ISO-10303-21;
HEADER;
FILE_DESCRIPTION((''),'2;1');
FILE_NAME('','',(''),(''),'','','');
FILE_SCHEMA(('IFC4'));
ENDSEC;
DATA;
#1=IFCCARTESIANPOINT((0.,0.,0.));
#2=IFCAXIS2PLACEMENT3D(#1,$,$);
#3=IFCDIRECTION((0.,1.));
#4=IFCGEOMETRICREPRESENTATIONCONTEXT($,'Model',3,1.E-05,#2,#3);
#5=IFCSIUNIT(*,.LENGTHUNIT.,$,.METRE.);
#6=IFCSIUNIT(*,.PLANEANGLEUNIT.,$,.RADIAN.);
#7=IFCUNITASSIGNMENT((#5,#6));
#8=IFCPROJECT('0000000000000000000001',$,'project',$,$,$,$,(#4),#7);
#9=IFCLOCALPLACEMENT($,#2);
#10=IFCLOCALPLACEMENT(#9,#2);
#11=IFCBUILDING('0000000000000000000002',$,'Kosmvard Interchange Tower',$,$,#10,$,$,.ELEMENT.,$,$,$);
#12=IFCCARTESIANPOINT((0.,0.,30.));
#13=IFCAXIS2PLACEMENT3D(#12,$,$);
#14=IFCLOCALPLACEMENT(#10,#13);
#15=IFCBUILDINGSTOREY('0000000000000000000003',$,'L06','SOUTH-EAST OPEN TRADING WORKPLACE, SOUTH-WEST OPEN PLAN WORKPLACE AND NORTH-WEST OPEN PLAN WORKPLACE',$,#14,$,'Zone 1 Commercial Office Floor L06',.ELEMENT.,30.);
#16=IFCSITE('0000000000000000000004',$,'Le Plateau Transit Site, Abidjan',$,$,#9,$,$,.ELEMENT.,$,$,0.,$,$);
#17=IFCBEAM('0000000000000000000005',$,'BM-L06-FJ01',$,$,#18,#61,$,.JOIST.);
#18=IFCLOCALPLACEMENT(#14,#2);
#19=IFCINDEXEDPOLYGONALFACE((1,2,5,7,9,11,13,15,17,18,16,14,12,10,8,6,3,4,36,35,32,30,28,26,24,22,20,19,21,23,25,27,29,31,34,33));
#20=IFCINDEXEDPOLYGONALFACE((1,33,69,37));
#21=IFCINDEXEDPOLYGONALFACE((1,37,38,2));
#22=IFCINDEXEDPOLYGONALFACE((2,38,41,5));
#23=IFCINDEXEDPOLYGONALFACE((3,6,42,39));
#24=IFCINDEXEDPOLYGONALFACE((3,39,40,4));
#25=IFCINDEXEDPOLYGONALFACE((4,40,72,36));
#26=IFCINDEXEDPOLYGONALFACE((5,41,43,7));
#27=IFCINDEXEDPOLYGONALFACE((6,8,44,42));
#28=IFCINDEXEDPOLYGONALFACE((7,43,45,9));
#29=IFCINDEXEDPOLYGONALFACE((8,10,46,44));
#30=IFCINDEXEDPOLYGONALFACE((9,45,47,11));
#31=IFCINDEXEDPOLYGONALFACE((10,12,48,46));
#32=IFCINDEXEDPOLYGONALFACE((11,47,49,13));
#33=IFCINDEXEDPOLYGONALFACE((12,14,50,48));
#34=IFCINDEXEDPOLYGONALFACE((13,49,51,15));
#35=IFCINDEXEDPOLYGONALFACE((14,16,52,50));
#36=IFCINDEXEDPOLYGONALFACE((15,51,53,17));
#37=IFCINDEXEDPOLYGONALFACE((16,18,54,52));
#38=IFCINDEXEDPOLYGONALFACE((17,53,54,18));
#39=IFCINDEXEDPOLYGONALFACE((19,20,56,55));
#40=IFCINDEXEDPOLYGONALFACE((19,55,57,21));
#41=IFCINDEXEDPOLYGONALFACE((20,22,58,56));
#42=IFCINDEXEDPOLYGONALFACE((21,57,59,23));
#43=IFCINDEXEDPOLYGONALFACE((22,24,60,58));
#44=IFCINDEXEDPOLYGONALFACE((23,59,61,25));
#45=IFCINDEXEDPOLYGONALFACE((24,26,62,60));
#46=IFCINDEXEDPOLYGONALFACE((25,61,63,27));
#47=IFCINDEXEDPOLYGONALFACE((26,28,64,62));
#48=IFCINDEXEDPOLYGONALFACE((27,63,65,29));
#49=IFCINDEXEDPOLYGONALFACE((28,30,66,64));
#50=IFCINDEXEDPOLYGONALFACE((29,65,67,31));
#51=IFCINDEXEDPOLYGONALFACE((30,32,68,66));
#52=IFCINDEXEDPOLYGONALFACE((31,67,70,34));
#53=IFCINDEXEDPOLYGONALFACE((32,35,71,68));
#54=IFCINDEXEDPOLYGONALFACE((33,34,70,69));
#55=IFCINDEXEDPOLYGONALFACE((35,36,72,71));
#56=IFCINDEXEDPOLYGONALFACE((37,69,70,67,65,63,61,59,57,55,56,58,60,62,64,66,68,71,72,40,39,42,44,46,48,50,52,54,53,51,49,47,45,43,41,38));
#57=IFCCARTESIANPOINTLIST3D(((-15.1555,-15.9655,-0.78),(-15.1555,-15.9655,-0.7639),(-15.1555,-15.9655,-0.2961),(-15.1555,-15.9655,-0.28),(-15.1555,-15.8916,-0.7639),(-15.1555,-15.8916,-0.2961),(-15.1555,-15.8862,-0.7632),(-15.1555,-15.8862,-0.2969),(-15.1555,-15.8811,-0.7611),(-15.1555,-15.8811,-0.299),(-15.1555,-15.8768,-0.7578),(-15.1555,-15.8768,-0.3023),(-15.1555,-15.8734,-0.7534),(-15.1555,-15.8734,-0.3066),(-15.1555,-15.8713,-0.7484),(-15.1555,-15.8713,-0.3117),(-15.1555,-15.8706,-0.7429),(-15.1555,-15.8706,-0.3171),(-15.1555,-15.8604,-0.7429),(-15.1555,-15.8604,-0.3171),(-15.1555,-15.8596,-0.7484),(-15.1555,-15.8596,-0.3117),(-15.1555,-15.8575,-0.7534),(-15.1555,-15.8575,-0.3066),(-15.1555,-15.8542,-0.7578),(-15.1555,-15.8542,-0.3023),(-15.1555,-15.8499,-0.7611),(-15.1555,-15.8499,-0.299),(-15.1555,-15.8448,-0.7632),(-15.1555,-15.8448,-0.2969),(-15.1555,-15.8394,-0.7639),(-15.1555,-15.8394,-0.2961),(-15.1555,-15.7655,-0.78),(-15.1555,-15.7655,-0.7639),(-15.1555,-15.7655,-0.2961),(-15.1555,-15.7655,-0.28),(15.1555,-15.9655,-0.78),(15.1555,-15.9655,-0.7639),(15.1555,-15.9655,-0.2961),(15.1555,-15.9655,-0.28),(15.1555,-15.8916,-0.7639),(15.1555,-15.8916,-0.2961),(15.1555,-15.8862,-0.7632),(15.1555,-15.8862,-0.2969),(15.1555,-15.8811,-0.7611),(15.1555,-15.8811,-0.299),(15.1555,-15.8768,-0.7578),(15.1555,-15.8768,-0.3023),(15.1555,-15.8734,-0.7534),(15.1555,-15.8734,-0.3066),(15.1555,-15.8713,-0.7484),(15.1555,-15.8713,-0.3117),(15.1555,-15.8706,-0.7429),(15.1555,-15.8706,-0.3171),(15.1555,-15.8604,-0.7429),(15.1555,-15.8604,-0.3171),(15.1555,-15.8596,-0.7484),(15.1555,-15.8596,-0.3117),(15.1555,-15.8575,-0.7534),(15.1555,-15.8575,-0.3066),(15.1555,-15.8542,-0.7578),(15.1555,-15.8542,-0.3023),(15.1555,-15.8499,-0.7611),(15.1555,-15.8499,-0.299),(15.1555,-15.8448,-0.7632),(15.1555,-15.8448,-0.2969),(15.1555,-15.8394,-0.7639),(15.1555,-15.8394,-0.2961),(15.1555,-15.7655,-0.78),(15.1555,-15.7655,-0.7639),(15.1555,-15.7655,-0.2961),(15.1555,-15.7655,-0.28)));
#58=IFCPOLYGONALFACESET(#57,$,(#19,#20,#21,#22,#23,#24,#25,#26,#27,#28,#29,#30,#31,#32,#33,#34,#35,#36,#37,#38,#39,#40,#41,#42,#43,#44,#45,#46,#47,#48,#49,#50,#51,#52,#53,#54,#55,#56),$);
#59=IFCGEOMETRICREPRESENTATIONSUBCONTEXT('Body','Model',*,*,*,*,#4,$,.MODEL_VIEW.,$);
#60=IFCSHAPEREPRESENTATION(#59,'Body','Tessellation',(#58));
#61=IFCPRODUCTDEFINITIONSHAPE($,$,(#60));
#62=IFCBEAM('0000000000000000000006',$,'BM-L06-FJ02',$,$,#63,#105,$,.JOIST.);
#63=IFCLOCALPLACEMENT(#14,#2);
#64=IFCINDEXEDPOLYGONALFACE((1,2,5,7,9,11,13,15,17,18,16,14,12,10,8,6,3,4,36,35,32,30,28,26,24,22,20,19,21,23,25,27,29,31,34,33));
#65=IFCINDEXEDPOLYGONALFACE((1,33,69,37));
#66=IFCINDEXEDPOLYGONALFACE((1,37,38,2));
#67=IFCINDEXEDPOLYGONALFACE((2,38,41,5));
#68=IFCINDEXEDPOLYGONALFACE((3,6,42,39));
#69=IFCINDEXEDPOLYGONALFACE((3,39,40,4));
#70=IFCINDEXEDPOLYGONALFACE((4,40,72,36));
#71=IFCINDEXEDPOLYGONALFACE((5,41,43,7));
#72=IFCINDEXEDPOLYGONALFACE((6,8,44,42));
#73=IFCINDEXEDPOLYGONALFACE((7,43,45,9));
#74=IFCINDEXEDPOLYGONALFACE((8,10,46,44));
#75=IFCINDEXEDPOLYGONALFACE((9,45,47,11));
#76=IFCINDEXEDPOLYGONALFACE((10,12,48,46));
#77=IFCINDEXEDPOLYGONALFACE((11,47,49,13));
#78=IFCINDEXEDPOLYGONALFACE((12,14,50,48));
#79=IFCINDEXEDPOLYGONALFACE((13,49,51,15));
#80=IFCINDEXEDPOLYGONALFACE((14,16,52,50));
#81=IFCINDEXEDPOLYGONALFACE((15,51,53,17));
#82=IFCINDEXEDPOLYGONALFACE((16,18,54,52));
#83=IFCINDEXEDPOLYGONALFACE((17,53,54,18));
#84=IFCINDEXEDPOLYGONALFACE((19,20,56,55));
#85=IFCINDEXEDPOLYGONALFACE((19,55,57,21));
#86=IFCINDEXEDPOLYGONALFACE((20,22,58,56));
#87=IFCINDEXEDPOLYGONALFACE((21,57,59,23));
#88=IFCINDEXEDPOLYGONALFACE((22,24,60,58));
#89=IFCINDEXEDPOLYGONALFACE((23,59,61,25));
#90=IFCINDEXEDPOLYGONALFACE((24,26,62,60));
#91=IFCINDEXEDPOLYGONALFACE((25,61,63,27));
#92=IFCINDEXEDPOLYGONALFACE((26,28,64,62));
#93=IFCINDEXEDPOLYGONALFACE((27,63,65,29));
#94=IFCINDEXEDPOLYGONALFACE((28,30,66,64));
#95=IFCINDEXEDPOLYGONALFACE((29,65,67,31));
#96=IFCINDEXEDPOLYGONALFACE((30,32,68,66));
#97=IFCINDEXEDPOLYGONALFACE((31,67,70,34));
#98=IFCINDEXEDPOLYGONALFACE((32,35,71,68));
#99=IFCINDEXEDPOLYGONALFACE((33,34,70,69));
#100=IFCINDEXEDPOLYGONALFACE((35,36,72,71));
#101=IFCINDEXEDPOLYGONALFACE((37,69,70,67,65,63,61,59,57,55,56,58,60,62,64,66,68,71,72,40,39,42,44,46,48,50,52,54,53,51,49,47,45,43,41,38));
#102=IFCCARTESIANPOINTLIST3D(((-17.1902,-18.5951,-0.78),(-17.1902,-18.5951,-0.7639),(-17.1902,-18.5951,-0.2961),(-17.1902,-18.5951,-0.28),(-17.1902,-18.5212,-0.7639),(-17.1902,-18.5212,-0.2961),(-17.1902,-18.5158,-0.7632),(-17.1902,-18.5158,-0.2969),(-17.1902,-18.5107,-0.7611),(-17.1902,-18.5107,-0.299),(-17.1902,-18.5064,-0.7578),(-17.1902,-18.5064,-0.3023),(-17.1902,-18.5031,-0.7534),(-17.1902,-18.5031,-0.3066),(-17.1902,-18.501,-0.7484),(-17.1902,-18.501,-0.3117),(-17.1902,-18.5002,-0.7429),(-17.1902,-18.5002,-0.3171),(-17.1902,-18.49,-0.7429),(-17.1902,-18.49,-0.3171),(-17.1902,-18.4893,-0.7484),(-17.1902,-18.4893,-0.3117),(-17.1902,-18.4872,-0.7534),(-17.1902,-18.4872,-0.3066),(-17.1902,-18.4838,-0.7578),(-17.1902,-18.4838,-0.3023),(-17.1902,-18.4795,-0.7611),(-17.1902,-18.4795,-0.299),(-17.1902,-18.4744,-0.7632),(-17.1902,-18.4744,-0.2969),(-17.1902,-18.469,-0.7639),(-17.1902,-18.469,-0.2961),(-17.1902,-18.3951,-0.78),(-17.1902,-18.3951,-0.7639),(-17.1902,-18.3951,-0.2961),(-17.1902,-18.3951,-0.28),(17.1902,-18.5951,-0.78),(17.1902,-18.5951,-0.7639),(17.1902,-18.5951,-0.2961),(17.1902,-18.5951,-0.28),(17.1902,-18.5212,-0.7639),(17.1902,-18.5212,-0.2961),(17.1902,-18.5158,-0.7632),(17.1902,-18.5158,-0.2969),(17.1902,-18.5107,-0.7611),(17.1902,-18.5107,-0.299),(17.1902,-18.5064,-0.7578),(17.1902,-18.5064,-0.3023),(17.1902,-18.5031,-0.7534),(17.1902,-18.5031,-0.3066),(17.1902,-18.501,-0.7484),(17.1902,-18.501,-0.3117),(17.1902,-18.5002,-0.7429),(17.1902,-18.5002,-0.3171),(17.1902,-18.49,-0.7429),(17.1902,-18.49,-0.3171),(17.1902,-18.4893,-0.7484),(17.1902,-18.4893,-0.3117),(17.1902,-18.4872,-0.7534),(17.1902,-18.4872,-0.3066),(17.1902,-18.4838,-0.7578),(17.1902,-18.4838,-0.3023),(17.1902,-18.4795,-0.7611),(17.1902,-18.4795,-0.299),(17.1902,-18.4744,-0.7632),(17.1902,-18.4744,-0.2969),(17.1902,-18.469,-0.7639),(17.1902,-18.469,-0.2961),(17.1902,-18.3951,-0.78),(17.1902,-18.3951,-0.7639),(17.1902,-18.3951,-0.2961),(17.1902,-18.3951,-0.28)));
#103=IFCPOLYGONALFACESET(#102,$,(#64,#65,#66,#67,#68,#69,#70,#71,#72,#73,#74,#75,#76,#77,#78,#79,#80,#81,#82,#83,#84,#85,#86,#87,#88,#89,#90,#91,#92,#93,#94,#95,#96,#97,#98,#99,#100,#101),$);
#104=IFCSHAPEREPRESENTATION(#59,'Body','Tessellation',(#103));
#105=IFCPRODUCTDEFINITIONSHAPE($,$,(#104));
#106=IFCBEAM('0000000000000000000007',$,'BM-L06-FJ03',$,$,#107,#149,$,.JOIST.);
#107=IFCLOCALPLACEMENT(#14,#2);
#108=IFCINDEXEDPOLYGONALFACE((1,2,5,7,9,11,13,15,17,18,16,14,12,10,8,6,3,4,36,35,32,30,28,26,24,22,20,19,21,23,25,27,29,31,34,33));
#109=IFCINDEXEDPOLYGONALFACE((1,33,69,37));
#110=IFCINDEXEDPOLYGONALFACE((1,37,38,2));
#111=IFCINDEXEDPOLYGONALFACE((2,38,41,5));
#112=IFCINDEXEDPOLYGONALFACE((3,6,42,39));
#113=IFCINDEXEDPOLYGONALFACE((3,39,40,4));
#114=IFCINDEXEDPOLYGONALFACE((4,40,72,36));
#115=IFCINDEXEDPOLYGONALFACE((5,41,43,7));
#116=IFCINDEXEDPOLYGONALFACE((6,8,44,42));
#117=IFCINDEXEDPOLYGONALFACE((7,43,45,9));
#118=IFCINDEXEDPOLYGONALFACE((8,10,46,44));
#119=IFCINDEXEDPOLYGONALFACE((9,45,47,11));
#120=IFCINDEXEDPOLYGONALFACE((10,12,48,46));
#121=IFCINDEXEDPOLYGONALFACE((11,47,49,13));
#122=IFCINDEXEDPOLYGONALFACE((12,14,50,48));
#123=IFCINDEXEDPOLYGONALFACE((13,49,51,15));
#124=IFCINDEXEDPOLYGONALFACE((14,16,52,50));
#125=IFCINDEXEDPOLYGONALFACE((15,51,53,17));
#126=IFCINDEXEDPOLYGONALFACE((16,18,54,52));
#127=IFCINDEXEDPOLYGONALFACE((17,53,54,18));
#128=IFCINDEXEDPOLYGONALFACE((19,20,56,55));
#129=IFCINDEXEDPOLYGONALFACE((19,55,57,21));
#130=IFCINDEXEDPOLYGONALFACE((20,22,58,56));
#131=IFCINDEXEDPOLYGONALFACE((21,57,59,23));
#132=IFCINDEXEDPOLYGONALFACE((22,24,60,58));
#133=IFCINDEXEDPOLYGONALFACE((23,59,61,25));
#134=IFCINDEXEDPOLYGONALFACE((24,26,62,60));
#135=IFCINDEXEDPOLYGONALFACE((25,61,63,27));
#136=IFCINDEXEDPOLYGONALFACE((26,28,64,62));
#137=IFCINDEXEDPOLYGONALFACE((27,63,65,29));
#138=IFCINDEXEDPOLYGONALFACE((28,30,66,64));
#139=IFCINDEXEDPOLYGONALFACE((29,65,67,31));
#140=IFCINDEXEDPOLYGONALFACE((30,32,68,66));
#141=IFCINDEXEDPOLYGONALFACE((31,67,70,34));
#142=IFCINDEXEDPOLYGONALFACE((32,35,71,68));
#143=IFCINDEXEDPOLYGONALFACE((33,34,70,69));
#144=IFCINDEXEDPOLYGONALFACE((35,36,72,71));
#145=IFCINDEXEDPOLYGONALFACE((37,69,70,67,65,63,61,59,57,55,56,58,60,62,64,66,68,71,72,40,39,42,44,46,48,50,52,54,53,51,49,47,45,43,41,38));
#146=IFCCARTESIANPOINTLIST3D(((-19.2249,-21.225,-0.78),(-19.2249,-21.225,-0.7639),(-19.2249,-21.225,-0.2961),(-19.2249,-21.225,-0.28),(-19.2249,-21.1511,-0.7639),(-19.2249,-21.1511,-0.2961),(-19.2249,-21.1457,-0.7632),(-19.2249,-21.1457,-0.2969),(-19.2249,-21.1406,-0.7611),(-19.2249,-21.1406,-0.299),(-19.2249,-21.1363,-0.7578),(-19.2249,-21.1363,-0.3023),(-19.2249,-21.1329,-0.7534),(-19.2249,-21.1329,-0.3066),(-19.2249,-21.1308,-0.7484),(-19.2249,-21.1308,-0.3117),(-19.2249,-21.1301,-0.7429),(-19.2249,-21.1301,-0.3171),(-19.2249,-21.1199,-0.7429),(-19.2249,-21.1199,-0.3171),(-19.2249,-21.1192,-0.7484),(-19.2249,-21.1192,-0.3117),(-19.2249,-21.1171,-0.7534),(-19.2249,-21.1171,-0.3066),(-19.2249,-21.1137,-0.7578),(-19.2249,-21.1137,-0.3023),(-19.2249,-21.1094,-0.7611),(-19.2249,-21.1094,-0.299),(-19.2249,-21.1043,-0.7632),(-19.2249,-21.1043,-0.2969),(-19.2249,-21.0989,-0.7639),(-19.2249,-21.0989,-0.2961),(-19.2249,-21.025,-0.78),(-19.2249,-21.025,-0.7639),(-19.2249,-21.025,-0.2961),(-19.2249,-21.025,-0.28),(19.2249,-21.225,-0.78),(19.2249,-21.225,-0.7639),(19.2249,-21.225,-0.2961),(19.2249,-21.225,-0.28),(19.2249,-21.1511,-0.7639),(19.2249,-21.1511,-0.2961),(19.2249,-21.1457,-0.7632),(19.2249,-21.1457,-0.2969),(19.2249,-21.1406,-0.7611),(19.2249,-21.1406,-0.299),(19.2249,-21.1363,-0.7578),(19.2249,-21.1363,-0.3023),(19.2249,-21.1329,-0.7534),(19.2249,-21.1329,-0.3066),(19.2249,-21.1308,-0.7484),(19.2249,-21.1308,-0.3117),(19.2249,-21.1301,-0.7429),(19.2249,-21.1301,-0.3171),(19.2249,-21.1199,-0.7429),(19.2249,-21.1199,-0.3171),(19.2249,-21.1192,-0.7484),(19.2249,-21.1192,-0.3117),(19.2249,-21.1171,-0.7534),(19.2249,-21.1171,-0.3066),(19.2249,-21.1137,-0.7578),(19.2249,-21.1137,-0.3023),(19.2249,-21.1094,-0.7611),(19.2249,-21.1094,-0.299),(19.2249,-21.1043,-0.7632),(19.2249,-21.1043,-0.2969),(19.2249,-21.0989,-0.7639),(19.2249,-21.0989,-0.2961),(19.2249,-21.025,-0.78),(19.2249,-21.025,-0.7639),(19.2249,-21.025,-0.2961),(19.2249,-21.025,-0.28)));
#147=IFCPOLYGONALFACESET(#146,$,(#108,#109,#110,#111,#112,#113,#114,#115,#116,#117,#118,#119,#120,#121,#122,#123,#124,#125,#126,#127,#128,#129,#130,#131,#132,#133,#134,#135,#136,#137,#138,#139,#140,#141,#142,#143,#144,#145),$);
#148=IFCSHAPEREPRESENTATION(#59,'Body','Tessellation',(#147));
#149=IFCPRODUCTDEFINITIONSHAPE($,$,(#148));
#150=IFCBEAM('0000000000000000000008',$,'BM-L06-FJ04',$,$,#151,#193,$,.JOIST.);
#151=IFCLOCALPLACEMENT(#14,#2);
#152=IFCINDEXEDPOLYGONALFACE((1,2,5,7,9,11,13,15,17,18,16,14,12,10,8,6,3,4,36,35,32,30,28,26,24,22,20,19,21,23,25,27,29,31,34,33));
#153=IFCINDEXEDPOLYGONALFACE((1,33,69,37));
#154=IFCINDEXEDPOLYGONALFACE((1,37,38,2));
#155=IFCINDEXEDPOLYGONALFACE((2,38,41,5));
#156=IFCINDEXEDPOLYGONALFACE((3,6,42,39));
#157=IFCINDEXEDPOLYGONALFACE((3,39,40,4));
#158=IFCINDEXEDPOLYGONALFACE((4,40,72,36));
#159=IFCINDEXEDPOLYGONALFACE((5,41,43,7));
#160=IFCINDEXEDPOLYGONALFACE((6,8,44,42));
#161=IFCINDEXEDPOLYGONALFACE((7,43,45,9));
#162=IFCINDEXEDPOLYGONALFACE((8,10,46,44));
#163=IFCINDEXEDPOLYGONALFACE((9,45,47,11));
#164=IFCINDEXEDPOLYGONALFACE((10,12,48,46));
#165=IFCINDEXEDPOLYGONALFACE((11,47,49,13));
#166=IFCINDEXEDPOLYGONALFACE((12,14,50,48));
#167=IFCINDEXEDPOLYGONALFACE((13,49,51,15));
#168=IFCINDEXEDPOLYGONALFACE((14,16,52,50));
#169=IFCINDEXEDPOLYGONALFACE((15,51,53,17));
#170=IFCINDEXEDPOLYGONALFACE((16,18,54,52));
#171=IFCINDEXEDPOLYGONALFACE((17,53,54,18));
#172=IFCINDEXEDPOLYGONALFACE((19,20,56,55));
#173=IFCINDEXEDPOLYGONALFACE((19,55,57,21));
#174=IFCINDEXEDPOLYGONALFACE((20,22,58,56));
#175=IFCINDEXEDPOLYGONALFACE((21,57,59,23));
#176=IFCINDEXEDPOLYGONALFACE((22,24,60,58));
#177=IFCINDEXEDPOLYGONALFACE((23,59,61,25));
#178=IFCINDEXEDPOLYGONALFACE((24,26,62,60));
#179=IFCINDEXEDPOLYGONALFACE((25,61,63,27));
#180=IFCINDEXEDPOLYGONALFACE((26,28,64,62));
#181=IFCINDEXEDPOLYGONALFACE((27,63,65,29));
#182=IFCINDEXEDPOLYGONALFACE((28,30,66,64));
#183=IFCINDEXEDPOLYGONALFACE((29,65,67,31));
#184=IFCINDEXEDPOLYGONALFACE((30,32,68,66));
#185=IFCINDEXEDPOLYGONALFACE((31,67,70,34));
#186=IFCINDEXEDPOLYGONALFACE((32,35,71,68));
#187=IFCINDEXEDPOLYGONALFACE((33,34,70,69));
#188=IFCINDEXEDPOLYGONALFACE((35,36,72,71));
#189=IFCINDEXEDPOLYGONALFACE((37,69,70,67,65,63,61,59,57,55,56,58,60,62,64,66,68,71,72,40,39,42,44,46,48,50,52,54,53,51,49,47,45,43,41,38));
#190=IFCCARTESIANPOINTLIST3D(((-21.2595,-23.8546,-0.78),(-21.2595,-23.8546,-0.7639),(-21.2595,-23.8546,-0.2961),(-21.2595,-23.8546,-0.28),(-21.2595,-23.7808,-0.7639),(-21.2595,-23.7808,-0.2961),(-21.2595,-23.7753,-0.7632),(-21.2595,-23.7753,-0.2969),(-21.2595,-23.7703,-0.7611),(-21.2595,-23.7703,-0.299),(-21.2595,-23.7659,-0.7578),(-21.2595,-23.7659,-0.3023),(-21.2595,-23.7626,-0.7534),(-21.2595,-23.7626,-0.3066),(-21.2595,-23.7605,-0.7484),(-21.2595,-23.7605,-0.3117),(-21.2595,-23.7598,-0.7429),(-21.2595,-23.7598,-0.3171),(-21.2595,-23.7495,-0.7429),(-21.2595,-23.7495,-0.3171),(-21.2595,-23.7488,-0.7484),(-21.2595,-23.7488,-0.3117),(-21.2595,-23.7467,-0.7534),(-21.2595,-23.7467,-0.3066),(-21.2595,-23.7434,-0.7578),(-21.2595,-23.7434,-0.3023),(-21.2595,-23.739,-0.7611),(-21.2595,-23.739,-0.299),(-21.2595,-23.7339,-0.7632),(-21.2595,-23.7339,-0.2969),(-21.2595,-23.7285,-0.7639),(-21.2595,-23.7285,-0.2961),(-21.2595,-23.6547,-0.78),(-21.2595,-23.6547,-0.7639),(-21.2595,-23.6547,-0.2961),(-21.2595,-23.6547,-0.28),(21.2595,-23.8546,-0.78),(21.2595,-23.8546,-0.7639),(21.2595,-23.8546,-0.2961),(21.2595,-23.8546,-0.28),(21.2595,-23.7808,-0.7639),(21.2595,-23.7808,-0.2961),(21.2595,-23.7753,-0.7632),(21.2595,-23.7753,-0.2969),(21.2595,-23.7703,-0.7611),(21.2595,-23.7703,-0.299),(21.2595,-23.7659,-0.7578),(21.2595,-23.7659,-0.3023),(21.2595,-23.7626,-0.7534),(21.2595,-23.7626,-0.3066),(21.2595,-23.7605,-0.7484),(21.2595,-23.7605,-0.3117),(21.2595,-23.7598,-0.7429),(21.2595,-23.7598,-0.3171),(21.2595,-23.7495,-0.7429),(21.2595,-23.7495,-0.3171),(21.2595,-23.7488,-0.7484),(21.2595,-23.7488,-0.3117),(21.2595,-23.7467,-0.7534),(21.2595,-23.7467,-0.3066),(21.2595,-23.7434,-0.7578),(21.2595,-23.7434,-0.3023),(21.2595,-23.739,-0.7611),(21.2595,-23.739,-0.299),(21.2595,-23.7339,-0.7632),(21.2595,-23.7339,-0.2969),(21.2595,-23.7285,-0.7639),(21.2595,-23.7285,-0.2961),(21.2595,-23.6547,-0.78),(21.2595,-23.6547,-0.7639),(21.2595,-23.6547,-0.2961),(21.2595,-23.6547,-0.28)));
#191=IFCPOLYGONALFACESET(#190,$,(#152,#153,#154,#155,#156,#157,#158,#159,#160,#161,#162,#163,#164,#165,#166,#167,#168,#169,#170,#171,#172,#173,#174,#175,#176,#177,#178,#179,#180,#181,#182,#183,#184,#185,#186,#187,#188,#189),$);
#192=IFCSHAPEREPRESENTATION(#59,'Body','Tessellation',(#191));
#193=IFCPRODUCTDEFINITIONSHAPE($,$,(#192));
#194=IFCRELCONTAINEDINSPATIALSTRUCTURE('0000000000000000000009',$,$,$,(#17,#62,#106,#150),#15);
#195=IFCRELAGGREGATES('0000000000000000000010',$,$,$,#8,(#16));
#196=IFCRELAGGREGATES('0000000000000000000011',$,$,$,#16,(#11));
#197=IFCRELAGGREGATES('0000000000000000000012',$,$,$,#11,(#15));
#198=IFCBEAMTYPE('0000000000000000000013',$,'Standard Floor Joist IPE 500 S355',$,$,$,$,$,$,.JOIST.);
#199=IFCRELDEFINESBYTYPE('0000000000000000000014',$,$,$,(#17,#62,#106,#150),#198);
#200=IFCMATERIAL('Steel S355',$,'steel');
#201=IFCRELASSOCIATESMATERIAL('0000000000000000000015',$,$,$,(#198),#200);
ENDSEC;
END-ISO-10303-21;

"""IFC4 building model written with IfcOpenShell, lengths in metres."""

from ifc_helpers import new_model, si_unit, direction, frame, origin, origin_2d, place, context, subcontext, project, spatial, i_section, extrude, source, transform, mapped, material, material_profile, profile_set, type_object, element, save


model = new_model("IFC4")

# Units and contexts
model_context = context("Model", 3, precision=1e-05, world=origin(), true_north=direction((0.0, 1.0)))
body_context = subcontext(model_context, "Body", "Model", "MODEL_VIEW")
ifc_project = project(units=[si_unit("LENGTHUNIT", "METRE"), si_unit("PLANEANGLEUNIT", "RADIAN")], contexts=[model_context])

# Site, building, storey
site_placement = place(None, origin())
site = spatial("IfcSite", under=ifc_project, at=site_placement, Name="Le Plateau Transit Site, Abidjan", CompositionType="ELEMENT", RefElevation=0.0)
building_placement = place(site_placement, origin())
building = spatial("IfcBuilding", under=site, at=building_placement, Name="Kosmvard Interchange Tower", CompositionType="ELEMENT")
storey_placement = place(building_placement, frame((0.0, 0.0, 30.0)))
storey = spatial("IfcBuildingStorey", under=building, at=storey_placement, Name="L06", Description="SOUTH-EAST OPEN TRADING WORKPLACE, SOUTH-WEST OPEN PLAN WORKPLACE AND NORTH-WEST OPEN PLAN WORKPLACE", LongName="Zone 1 Commercial Office Floor L06", CompositionType="ELEMENT", Elevation=30.0)

# Beams
ifc_material_1 = material(Name="Steel S355", Category="steel")
ifc_material_profile_1 = material_profile(ifc_material_1, i_section(OverallWidth=0.2, OverallDepth=0.5, WebThickness=0.0103, FlangeThickness=0.0161, FilletRadius=0.021, at=origin_2d()), Name="IPE 500")
ifc_profile_set_1 = profile_set([ifc_material_profile_1], Name="Steel S355")
beam_type_1 = type_object("IfcBeamType", Name="Standard Floor Joist IPE 500 S355", PredefinedType="JOIST", material=ifc_profile_set_1)
shared_shape_1 = source(origin(), body_context, "Body", "SweptSolid", [
    extrude(i_section(OverallWidth=0.2, OverallDepth=0.5, WebThickness=0.0103, FlangeThickness=0.0161, FilletRadius=0.021, at=origin_2d()), origin(), (0.0, 0.0, 1.0), 30.311),
])
beam_1_placement = place(storey_placement, frame((-15.1555, -15.8655, -0.53), z_axis=(1.0, 0.0, 0.0), x_axis=(0.0, 1.0, 0.0)))
element("IfcBeam", 1, at=beam_1_placement, inside=storey, type_object=beam_type_1, Name="BM-L06-FJ01", PredefinedType="JOIST", context=body_context, shape_type="MappedRepresentation", body=[
    mapped(shared_shape_1, transform((0.0, 0.0, 0.0), scale=1.0)),
])
shared_shape_2 = source(origin(), body_context, "Body", "SweptSolid", [
    extrude(i_section(OverallWidth=0.2, OverallDepth=0.5, WebThickness=0.0103, FlangeThickness=0.0161, FilletRadius=0.021, at=origin_2d()), origin(), (0.0, 0.0, 1.0), 34.3804),
])
beam_2_placement = place(storey_placement, frame((-17.1902, -18.4951, -0.53), z_axis=(1.0, 0.0, 0.0), x_axis=(0.0, 1.0, 0.0)))
element("IfcBeam", 2, at=beam_2_placement, inside=storey, type_object=beam_type_1, Name="BM-L06-FJ02", PredefinedType="JOIST", context=body_context, shape_type="MappedRepresentation", body=[
    mapped(shared_shape_2, transform((0.0, 0.0, 0.0), scale=1.0)),
])
shared_shape_3 = source(origin(), body_context, "Body", "SweptSolid", [
    extrude(i_section(OverallWidth=0.2, OverallDepth=0.5, WebThickness=0.0103, FlangeThickness=0.0161, FilletRadius=0.021, at=origin_2d()), origin(), (0.0, 0.0, 1.0), 38.4497),
])
beam_3_placement = place(storey_placement, frame((-19.2249, -21.125, -0.53), z_axis=(1.0, 0.0, 0.0), x_axis=(0.0, 1.0, 0.0)))
element("IfcBeam", 3, at=beam_3_placement, inside=storey, type_object=beam_type_1, Name="BM-L06-FJ03", PredefinedType="JOIST", context=body_context, shape_type="MappedRepresentation", body=[
    mapped(shared_shape_3, transform((0.0, 0.0, 0.0), scale=1.0)),
])
shared_shape_4 = source(origin(), body_context, "Body", "SweptSolid", [
    extrude(i_section(OverallWidth=0.2, OverallDepth=0.5, WebThickness=0.0103, FlangeThickness=0.0161, FilletRadius=0.021, at=origin_2d()), origin(), (0.0, 0.0, 1.0), 42.519),
])
beam_4_placement = place(storey_placement, frame((-21.2595, -23.7546, -0.53), z_axis=(1.0, 0.0, 0.0), x_axis=(0.0, 1.0, 0.0)))
element("IfcBeam", 4, at=beam_4_placement, inside=storey, type_object=beam_type_1, Name="BM-L06-FJ04", PredefinedType="JOIST", context=body_context, shape_type="MappedRepresentation", body=[
    mapped(shared_shape_4, transform((0.0, 0.0, 0.0), scale=1.0)),
])

save(model, "model.ifc")
